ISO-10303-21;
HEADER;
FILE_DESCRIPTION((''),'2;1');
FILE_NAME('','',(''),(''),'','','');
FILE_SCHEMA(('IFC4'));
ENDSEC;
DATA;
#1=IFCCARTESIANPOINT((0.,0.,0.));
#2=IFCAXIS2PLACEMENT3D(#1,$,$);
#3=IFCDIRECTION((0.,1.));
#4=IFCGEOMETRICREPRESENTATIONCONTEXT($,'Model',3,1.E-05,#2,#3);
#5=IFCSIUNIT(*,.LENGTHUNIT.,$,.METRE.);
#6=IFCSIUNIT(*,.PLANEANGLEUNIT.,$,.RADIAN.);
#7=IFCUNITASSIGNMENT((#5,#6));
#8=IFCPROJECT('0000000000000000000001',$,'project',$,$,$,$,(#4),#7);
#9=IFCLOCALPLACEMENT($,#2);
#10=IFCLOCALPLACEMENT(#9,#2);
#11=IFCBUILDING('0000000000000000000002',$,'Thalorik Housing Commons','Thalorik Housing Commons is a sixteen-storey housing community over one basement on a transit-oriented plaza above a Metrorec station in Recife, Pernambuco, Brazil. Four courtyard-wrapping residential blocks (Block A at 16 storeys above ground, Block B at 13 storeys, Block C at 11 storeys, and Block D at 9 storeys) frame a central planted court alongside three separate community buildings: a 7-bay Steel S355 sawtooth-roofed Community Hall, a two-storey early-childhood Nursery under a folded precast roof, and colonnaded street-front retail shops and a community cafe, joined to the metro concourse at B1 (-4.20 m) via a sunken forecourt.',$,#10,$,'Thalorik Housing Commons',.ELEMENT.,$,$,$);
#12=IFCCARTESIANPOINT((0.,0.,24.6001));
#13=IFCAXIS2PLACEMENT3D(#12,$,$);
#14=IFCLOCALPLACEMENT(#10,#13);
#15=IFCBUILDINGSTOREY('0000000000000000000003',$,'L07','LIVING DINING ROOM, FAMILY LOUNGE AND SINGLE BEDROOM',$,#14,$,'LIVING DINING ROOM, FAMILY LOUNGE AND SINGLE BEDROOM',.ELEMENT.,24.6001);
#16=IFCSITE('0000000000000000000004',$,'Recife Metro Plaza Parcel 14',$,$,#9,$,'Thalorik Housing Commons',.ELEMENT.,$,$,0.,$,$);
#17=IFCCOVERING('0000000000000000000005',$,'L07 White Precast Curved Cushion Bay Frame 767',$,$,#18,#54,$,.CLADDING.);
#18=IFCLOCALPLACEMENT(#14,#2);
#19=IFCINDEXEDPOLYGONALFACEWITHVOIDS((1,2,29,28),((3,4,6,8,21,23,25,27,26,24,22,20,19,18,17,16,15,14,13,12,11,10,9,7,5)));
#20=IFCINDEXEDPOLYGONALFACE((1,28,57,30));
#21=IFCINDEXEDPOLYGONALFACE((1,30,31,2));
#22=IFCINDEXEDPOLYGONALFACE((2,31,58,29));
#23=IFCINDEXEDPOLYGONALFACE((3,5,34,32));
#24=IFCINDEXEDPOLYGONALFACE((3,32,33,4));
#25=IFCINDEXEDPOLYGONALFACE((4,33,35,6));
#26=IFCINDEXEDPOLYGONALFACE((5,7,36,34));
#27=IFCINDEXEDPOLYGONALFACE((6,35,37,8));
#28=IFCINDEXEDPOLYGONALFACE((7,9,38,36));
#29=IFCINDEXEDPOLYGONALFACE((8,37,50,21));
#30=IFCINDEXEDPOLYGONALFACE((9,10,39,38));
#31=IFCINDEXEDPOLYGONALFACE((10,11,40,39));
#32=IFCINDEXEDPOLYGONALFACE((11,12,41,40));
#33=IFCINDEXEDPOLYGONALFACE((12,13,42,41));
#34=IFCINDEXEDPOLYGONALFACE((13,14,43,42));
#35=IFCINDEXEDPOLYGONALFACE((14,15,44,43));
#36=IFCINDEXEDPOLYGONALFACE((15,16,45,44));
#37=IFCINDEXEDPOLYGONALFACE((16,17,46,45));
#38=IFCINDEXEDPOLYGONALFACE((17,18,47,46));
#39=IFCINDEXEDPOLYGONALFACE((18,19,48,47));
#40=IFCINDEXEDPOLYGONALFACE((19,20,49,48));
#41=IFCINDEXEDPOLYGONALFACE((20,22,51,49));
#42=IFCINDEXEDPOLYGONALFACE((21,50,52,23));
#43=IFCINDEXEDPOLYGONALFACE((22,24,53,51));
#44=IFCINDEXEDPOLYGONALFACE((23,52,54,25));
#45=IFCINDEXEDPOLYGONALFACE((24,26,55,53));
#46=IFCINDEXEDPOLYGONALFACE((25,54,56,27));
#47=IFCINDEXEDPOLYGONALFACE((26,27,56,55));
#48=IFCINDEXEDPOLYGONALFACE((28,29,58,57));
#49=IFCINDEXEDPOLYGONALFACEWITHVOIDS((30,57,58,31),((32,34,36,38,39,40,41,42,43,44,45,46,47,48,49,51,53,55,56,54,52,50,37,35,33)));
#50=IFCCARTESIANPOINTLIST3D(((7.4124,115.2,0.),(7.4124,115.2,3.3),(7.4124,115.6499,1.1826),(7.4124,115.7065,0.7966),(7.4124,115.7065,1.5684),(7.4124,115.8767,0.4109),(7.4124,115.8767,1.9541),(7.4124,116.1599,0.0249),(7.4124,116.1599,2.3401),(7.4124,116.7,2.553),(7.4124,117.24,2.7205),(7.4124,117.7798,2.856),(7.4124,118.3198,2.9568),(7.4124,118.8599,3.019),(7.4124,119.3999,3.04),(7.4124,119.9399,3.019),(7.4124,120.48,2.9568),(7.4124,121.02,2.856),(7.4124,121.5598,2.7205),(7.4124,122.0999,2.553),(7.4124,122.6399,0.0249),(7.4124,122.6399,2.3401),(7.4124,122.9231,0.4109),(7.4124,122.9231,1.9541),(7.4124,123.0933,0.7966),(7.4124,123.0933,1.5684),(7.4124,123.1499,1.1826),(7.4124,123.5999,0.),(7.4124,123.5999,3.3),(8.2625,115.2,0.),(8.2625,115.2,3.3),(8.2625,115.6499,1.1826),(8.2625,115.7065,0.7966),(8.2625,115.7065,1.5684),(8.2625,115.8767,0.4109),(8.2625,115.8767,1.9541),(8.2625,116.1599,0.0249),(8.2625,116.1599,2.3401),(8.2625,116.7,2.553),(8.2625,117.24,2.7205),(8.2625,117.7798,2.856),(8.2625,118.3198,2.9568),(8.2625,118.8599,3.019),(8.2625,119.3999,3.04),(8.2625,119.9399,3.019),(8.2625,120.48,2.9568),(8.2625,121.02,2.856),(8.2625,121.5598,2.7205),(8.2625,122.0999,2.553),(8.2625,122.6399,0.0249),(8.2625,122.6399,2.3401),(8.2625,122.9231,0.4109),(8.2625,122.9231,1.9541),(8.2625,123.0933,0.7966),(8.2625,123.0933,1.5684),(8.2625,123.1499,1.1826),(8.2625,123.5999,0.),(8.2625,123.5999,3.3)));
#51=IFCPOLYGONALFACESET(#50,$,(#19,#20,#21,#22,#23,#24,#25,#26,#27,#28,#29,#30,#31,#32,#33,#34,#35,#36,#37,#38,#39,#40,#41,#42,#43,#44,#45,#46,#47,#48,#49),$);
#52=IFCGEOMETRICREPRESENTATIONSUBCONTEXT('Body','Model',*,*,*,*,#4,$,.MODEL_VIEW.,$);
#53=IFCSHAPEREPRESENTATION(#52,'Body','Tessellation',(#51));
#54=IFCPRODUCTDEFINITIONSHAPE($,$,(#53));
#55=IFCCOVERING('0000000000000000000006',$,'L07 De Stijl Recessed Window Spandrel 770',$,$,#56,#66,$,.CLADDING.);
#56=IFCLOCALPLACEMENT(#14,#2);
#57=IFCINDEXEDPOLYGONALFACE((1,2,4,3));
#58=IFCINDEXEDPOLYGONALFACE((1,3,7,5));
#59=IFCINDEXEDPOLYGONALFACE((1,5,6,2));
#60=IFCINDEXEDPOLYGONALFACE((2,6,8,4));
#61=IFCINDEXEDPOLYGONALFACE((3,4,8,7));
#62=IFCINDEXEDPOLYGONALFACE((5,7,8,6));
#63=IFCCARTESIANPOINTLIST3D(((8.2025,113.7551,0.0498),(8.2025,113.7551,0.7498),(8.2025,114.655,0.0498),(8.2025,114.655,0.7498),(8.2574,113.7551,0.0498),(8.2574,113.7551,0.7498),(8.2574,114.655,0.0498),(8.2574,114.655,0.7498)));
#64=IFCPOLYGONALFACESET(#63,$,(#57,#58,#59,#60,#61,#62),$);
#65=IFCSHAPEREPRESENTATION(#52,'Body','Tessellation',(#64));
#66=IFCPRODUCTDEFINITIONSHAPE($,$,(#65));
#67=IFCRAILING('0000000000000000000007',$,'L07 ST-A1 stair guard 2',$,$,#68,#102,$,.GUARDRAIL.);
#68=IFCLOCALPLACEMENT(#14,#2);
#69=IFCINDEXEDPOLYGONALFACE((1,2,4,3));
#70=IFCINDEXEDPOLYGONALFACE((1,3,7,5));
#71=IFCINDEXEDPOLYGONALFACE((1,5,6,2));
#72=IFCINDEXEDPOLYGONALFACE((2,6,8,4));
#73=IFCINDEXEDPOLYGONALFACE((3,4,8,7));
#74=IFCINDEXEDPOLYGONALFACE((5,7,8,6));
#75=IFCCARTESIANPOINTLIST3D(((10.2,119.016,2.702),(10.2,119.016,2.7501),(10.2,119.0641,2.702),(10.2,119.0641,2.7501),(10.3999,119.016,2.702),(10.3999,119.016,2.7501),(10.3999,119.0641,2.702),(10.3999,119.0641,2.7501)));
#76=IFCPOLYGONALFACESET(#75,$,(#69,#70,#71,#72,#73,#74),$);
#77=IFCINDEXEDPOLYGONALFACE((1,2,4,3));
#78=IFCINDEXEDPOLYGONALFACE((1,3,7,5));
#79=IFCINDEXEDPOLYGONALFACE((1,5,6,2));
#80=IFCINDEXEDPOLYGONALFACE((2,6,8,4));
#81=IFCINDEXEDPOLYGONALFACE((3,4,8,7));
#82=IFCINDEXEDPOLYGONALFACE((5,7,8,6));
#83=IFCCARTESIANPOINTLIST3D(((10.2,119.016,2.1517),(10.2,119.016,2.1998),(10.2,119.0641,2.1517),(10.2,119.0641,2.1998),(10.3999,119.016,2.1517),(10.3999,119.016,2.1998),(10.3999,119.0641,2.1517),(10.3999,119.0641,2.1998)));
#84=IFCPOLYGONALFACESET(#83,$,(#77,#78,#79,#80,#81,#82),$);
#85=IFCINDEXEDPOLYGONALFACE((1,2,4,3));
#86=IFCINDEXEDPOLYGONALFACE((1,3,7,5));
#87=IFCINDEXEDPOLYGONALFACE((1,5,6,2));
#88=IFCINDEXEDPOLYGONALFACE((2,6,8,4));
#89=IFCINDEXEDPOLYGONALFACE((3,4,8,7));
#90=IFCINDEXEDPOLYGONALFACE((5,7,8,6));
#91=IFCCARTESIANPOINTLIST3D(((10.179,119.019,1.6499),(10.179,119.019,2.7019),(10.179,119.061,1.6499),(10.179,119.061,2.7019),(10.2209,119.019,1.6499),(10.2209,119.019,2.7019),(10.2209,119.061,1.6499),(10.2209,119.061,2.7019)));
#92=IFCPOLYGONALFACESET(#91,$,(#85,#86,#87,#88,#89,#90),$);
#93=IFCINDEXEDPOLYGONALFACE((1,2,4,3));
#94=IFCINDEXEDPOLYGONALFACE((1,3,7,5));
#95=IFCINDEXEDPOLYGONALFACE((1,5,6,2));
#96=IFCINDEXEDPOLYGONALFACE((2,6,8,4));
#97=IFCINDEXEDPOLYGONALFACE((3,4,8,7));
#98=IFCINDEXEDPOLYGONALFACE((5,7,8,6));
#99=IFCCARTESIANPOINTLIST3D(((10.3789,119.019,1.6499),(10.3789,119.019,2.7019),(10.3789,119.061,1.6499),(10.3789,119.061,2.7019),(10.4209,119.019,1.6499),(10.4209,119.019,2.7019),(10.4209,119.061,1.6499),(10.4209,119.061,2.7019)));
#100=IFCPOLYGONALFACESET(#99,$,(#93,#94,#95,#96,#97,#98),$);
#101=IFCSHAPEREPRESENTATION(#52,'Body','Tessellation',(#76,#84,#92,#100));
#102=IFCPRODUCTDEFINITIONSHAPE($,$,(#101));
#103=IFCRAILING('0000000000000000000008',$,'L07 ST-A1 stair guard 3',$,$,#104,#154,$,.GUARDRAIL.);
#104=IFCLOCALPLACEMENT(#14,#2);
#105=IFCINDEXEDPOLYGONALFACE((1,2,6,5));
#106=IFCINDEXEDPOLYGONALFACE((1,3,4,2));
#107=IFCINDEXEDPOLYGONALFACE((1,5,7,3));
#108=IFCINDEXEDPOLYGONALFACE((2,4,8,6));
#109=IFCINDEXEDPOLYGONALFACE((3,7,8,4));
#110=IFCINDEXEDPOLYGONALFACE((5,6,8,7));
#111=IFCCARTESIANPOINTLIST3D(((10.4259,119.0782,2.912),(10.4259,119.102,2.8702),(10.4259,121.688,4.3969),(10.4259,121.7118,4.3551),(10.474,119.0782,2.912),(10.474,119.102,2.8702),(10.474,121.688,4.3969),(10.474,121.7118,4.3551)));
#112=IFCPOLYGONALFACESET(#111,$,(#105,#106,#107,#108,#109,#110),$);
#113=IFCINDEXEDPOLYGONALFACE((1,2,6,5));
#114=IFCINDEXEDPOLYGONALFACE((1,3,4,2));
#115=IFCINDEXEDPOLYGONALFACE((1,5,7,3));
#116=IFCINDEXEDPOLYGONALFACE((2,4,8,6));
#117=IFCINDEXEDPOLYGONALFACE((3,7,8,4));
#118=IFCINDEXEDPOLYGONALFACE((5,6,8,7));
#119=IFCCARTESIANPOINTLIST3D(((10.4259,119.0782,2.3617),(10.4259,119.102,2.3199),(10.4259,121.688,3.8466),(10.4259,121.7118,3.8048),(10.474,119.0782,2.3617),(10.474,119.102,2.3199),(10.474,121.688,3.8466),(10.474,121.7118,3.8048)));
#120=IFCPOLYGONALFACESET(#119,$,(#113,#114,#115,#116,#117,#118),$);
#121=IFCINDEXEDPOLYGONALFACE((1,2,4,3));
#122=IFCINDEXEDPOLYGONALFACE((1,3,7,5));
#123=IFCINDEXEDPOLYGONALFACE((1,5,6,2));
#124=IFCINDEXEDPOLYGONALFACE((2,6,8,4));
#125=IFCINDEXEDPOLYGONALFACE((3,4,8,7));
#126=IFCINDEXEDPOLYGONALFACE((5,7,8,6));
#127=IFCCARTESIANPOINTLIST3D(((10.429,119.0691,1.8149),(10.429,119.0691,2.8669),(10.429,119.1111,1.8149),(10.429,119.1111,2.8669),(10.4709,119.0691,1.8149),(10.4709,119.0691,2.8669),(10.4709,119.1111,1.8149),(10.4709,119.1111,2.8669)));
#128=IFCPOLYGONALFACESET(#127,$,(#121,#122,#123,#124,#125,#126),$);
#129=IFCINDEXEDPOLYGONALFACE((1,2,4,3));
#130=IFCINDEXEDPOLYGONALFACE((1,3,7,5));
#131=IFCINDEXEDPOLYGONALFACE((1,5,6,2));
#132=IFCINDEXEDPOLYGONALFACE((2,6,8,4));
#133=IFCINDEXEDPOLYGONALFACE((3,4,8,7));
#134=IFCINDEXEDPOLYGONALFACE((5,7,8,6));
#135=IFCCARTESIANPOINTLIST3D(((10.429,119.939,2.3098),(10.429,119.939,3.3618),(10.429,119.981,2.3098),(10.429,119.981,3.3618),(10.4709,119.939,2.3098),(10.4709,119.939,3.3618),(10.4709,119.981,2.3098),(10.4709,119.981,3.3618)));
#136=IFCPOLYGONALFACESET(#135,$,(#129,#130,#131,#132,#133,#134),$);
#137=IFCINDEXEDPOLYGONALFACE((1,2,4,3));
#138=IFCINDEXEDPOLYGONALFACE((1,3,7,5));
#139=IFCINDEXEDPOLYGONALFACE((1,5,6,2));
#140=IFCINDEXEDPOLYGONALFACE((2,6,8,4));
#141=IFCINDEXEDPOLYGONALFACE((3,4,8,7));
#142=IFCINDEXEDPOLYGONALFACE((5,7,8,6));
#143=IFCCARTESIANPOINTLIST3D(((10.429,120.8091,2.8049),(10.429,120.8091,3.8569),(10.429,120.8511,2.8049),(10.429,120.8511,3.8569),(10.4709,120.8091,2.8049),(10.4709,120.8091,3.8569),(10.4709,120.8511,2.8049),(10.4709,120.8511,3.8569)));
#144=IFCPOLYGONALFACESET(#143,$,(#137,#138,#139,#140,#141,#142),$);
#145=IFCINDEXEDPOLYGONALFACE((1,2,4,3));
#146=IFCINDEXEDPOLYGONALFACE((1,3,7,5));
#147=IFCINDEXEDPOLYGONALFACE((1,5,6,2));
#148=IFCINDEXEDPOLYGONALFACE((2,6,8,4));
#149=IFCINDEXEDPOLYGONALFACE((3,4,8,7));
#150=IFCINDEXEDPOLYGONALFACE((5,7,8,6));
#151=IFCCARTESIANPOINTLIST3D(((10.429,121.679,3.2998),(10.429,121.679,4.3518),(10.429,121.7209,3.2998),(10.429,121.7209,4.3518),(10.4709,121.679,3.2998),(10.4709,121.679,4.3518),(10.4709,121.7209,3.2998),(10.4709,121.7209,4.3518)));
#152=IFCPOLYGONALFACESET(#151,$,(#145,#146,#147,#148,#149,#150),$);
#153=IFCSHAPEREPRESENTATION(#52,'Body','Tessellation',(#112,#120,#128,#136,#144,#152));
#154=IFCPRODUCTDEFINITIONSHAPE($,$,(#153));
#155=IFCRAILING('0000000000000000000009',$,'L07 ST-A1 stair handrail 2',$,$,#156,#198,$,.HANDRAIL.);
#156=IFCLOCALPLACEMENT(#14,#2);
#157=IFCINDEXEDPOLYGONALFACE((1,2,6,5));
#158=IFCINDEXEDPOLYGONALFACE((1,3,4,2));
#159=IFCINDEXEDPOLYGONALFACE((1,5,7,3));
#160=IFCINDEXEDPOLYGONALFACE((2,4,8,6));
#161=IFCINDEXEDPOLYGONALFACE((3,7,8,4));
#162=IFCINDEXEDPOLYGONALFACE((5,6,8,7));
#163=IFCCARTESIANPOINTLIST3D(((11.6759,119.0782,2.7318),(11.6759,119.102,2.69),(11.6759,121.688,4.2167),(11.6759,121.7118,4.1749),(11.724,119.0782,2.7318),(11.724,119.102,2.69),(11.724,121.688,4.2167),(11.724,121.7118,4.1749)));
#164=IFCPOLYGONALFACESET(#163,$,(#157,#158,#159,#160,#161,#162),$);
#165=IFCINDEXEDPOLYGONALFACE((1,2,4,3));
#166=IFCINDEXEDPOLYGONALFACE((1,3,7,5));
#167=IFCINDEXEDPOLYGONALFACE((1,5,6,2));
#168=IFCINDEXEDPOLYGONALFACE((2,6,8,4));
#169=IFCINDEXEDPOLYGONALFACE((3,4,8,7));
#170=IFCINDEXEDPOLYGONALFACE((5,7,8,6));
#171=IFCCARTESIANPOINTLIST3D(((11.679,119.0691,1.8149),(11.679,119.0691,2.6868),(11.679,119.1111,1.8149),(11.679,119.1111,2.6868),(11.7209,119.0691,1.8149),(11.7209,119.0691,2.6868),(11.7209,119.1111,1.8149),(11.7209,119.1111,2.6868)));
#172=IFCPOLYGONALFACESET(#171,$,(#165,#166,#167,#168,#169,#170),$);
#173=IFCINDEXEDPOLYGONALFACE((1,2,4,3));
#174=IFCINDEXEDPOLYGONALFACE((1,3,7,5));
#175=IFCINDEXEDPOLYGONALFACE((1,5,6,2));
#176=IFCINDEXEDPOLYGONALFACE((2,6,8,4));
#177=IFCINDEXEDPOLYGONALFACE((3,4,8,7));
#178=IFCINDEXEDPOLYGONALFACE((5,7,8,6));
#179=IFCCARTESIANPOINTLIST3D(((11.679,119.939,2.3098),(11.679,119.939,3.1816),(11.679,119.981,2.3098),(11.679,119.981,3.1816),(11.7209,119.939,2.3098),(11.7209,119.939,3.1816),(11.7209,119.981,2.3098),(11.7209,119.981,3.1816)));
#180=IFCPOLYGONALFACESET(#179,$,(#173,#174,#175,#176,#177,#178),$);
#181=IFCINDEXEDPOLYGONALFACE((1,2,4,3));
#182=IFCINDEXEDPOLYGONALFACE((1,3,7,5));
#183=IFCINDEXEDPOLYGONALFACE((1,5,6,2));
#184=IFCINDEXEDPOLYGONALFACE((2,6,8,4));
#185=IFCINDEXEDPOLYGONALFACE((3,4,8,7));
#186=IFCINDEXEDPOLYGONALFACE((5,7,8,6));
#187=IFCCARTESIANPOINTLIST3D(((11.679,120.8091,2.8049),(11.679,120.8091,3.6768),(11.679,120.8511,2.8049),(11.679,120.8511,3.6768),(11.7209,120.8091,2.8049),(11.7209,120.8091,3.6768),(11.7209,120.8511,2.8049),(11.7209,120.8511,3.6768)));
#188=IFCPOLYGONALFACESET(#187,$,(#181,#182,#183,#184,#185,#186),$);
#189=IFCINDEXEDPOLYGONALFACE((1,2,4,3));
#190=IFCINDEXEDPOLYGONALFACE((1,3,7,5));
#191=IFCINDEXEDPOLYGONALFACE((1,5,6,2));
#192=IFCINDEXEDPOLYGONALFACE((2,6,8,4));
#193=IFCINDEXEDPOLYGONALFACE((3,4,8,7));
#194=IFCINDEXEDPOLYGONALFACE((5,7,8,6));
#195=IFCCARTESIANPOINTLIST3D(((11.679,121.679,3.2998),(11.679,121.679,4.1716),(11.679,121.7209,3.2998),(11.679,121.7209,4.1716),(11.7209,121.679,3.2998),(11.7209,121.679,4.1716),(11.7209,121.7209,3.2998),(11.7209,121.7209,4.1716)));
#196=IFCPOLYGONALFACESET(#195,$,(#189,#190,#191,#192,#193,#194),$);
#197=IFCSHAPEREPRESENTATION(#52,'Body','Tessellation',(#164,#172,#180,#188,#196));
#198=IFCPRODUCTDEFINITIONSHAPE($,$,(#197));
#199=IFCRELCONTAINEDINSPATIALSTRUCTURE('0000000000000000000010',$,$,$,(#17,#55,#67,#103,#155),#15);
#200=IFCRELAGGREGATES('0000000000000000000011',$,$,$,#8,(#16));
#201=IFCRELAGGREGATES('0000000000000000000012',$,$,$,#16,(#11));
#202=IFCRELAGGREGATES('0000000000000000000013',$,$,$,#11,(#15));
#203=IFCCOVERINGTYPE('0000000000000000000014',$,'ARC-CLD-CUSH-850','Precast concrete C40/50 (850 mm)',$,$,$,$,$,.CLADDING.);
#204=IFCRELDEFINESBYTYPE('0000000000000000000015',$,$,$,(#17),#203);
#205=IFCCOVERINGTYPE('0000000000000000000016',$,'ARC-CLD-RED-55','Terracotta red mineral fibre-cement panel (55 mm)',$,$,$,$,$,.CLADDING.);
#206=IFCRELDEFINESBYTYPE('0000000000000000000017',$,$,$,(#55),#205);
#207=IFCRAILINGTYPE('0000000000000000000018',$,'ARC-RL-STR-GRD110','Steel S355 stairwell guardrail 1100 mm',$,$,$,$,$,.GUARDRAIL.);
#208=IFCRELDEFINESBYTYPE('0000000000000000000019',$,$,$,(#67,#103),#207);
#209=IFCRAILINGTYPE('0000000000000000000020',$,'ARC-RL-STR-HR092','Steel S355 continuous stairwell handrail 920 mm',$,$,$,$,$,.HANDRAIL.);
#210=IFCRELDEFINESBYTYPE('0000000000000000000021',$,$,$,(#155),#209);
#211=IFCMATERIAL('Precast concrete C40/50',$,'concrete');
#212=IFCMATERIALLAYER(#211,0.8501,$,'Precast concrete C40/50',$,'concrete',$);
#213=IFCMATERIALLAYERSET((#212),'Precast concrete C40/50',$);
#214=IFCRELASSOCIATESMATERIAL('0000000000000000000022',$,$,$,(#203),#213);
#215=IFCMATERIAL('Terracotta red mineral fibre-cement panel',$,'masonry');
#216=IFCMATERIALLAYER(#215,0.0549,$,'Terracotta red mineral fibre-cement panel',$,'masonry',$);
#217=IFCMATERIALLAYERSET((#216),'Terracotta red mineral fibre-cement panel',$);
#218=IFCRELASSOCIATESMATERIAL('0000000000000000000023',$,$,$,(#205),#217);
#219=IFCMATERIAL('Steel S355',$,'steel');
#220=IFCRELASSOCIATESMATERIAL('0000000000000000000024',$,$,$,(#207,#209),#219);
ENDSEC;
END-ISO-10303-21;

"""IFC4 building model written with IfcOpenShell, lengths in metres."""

from ifc_helpers import new_model, si_unit, direction, frame, origin, origin_2d, place, context, subcontext, project, spatial, polyline, rectangle, outline, extrude, material, layer, layer_set, type_object, element, save


model = new_model("IFC4")

# Units and contexts
model_context = context("Model", 3, precision=1e-05, world=origin(), true_north=direction((0.0, 1.0)))
body_context = subcontext(model_context, "Body", "Model", "MODEL_VIEW")
ifc_project = project(units=[si_unit("LENGTHUNIT", "METRE"), si_unit("PLANEANGLEUNIT", "RADIAN")], contexts=[model_context])

# Site, building, storey
site_placement = place(None, origin())
site = spatial("IfcSite", under=ifc_project, at=site_placement, Name="Recife Metro Plaza Parcel 14", LongName="Thalorik Housing Commons", CompositionType="ELEMENT", RefElevation=0.0)
building_placement = place(site_placement, origin())
building = spatial("IfcBuilding", under=site, at=building_placement, Name="Thalorik Housing Commons", Description="Thalorik Housing Commons is a sixteen-storey housing community over one basement on a transit-oriented plaza above a Metrorec station in Recife, Pernambuco, Brazil. Four courtyard-wrapping residential blocks (Block A at 16 storeys above ground, Block B at 13 storeys, Block C at 11 storeys, and Block D at 9 storeys) frame a central planted court alongside three separate community buildings: a 7-bay Steel S355 sawtooth-roofed Community Hall, a two-storey early-childhood Nursery under a folded precast roof, and colonnaded street-front retail shops and a community cafe, joined to the metro concourse at B1 (-4.20 m) via a sunken forecourt.", LongName="Thalorik Housing Commons", CompositionType="ELEMENT")
storey_placement = place(building_placement, frame((0.0, 0.0, 24.6001)))
storey = spatial("IfcBuildingStorey", under=building, at=storey_placement, Name="L07", Description="LIVING DINING ROOM, FAMILY LOUNGE AND SINGLE BEDROOM", LongName="LIVING DINING ROOM, FAMILY LOUNGE AND SINGLE BEDROOM", CompositionType="ELEMENT", Elevation=24.6001)

# Shared definitions
ifc_material_1 = material(Name="Precast concrete C40/50", Category="concrete")

# Shared definitions
ifc_material_2 = material(Name="Steel S355", Category="steel")

# Coverings
ifc_layer_1 = layer(ifc_material_1, 0.8501, Name="Precast concrete C40/50", Category="concrete")
ifc_layer_set_1 = layer_set([ifc_layer_1], Name="Precast concrete C40/50")
covering_type_1 = type_object("IfcCoveringType", Name="ARC-CLD-CUSH-850", Description="Precast concrete C40/50 (850 mm)", PredefinedType="CLADDING", material=ifc_layer_set_1)
covering_1_placement = place(storey_placement, frame((7.8374, 119.3999, 0.0), z_axis=(0.0, 0.0, 1.0), x_axis=(0.0, -1.0, 0.0)))
element("IfcCovering", 1, at=covering_1_placement, inside=storey, type_object=covering_type_1, Name="L07 White Precast Curved Cushion Bay Frame 767", PredefinedType="CLADDING", context=body_context, shape_type="SweptSolid", body=[
    extrude(outline(polyline([(-4.2, 0.0), (4.2, 0.0), (4.2, 3.3), (-4.2, 3.3), (-4.2, 0.0)]), holes=[polyline([(3.24, 0.0249), (3.5232, 0.4109), (3.6934, 0.7966), (3.75, 1.1826), (3.6934, 1.5684), (3.5232, 1.9541), (3.24, 2.3401), (2.7, 2.553), (2.1599, 2.7205), (1.6201, 2.856), (1.0801, 2.9568), (0.54, 3.019), (0.0, 3.04), (-0.54, 3.019), (-1.0801, 2.9568), (-1.6201, 2.856), (-2.1599, 2.7205), (-2.7, 2.553), (-3.24, 2.3401), (-3.5232, 1.9541), (-3.6934, 1.5684), (-3.75, 1.1826), (-3.6934, 0.7966), (-3.5232, 0.4109), (-3.24, 0.0249), (3.24, 0.0249)])]), frame((0.0, 0.425, 0.0), z_axis=(0.0, -1.0, 0.0), x_axis=(1.0, 0.0, 0.0)), (0.0, 0.0, 1.0), 0.8501),
])
ifc_material_3 = material(Name="Terracotta red mineral fibre-cement panel", Category="masonry")
ifc_layer_2 = layer(ifc_material_3, 0.0549, Name="Terracotta red mineral fibre-cement panel", Category="masonry")
ifc_layer_set_2 = layer_set([ifc_layer_2], Name="Terracotta red mineral fibre-cement panel")
covering_type_2 = type_object("IfcCoveringType", Name="ARC-CLD-RED-55", Description="Terracotta red mineral fibre-cement panel (55 mm)", PredefinedType="CLADDING", material=ifc_layer_set_2)
covering_2_placement = place(storey_placement, frame((8.23, 114.2051, 0.0498), z_axis=(0.0, 0.0, 1.0), x_axis=(0.0, -1.0, 0.0)))
element("IfcCovering", 2, at=covering_2_placement, inside=storey, type_object=covering_type_2, Name="L07 De Stijl Recessed Window Spandrel 770", PredefinedType="CLADDING", context=body_context, shape_type="SweptSolid", body=[
    extrude(rectangle(XDim=0.8999, YDim=0.0549, at=origin_2d()), origin(), (0.0, 0.0, 1.0), 0.7),
])

# Railings
railing_type_1 = type_object("IfcRailingType", Name="ARC-RL-STR-GRD110", Description="Steel S355 stairwell guardrail 1100 mm", PredefinedType="GUARDRAIL", material=ifc_material_2)
railing_1_placement = place(storey_placement, frame((10.2, 119.04, 1.6499)))
element("IfcRailing", 3, at=railing_1_placement, inside=storey, type_object=railing_type_1, Name="L07 ST-A1 stair guard 2", PredefinedType="GUARDRAIL", context=body_context, shape_type="SweptSolid", body=[
    extrude(rectangle(XDim=0.0481, YDim=0.0481, at=origin_2d()), frame((0.0, 0.0, 1.0762), z_axis=(1.0, 0.0, 0.0), x_axis=(0.0, 1.0, 0.0)), (0.0, 0.0, 1.0), 0.2),
    extrude(rectangle(XDim=0.0481, YDim=0.0481, at=origin_2d()), frame((0.0, 0.0, 0.5259), z_axis=(1.0, 0.0, 0.0), x_axis=(0.0, 1.0, 0.0)), (0.0, 0.0, 1.0), 0.2),
    extrude(rectangle(XDim=0.042, YDim=0.042, at=origin_2d()), origin(), (0.0, 0.0, 1.0), 1.052),
    extrude(rectangle(XDim=0.042, YDim=0.042, at=origin_2d()), frame((0.2, 0.0, 0.0)), (0.0, 0.0, 1.0), 1.052),
])
railing_2_placement = place(storey_placement, frame((10.45, 119.0901, 1.8149)))
element("IfcRailing", 4, at=railing_2_placement, inside=storey, type_object=railing_type_1, Name="L07 ST-A1 stair guard 3", PredefinedType="GUARDRAIL", context=body_context, shape_type="SweptSolid", body=[
    extrude(rectangle(XDim=0.0481, YDim=0.0481, at=origin_2d()), frame((0.0, 0.0, 1.0762), z_axis=(0.0, 0.869172, 0.494509), x_axis=(-1.0, 0.0, 0.0)), (0.0, 0.0, 1.0), 3.0027),
    extrude(rectangle(XDim=0.0481, YDim=0.0481, at=origin_2d()), frame((0.0, 0.0, 0.5259), z_axis=(0.0, 0.869172, 0.494509), x_axis=(-1.0, 0.0, 0.0)), (0.0, 0.0, 1.0), 3.0027),
    extrude(rectangle(XDim=0.042, YDim=0.042, at=origin_2d()), origin(), (0.0, 0.0, 1.0), 1.052),
    extrude(rectangle(XDim=0.042, YDim=0.042, at=origin_2d()), frame((0.0, 0.8699, 0.4949)), (0.0, 0.0, 1.0), 1.052),
    extrude(rectangle(XDim=0.042, YDim=0.042, at=origin_2d()), frame((0.0, 1.74, 0.99)), (0.0, 0.0, 1.0), 1.052),
    extrude(rectangle(XDim=0.042, YDim=0.042, at=origin_2d()), frame((0.0, 2.6099, 1.4849)), (0.0, 0.0, 1.0), 1.052),
])
railing_type_2 = type_object("IfcRailingType", Name="ARC-RL-STR-HR092", Description="Steel S355 continuous stairwell handrail 920 mm", PredefinedType="HANDRAIL", material=ifc_material_2)
railing_3_placement = place(storey_placement, frame((11.7, 119.0901, 1.8149)))
element("IfcRailing", 5, at=railing_3_placement, inside=storey, type_object=railing_type_2, Name="L07 ST-A1 stair handrail 2", PredefinedType="HANDRAIL", context=body_context, shape_type="SweptSolid", body=[
    extrude(rectangle(XDim=0.0481, YDim=0.0481, at=origin_2d()), frame((0.0, 0.0, 0.896), z_axis=(0.0, 0.869172, 0.494509), x_axis=(-1.0, 0.0, 0.0)), (0.0, 0.0, 1.0), 3.0027),
    extrude(rectangle(XDim=0.042, YDim=0.042, at=origin_2d()), origin(), (0.0, 0.0, 1.0), 0.8718),
    extrude(rectangle(XDim=0.042, YDim=0.042, at=origin_2d()), frame((0.0, 0.8699, 0.4949)), (0.0, 0.0, 1.0), 0.8718),
    extrude(rectangle(XDim=0.042, YDim=0.042, at=origin_2d()), frame((0.0, 1.74, 0.99)), (0.0, 0.0, 1.0), 0.8718),
    extrude(rectangle(XDim=0.042, YDim=0.042, at=origin_2d()), frame((0.0, 2.6099, 1.4849)), (0.0, 0.0, 1.0), 0.8718),
])

save(model, "model.ifc")
